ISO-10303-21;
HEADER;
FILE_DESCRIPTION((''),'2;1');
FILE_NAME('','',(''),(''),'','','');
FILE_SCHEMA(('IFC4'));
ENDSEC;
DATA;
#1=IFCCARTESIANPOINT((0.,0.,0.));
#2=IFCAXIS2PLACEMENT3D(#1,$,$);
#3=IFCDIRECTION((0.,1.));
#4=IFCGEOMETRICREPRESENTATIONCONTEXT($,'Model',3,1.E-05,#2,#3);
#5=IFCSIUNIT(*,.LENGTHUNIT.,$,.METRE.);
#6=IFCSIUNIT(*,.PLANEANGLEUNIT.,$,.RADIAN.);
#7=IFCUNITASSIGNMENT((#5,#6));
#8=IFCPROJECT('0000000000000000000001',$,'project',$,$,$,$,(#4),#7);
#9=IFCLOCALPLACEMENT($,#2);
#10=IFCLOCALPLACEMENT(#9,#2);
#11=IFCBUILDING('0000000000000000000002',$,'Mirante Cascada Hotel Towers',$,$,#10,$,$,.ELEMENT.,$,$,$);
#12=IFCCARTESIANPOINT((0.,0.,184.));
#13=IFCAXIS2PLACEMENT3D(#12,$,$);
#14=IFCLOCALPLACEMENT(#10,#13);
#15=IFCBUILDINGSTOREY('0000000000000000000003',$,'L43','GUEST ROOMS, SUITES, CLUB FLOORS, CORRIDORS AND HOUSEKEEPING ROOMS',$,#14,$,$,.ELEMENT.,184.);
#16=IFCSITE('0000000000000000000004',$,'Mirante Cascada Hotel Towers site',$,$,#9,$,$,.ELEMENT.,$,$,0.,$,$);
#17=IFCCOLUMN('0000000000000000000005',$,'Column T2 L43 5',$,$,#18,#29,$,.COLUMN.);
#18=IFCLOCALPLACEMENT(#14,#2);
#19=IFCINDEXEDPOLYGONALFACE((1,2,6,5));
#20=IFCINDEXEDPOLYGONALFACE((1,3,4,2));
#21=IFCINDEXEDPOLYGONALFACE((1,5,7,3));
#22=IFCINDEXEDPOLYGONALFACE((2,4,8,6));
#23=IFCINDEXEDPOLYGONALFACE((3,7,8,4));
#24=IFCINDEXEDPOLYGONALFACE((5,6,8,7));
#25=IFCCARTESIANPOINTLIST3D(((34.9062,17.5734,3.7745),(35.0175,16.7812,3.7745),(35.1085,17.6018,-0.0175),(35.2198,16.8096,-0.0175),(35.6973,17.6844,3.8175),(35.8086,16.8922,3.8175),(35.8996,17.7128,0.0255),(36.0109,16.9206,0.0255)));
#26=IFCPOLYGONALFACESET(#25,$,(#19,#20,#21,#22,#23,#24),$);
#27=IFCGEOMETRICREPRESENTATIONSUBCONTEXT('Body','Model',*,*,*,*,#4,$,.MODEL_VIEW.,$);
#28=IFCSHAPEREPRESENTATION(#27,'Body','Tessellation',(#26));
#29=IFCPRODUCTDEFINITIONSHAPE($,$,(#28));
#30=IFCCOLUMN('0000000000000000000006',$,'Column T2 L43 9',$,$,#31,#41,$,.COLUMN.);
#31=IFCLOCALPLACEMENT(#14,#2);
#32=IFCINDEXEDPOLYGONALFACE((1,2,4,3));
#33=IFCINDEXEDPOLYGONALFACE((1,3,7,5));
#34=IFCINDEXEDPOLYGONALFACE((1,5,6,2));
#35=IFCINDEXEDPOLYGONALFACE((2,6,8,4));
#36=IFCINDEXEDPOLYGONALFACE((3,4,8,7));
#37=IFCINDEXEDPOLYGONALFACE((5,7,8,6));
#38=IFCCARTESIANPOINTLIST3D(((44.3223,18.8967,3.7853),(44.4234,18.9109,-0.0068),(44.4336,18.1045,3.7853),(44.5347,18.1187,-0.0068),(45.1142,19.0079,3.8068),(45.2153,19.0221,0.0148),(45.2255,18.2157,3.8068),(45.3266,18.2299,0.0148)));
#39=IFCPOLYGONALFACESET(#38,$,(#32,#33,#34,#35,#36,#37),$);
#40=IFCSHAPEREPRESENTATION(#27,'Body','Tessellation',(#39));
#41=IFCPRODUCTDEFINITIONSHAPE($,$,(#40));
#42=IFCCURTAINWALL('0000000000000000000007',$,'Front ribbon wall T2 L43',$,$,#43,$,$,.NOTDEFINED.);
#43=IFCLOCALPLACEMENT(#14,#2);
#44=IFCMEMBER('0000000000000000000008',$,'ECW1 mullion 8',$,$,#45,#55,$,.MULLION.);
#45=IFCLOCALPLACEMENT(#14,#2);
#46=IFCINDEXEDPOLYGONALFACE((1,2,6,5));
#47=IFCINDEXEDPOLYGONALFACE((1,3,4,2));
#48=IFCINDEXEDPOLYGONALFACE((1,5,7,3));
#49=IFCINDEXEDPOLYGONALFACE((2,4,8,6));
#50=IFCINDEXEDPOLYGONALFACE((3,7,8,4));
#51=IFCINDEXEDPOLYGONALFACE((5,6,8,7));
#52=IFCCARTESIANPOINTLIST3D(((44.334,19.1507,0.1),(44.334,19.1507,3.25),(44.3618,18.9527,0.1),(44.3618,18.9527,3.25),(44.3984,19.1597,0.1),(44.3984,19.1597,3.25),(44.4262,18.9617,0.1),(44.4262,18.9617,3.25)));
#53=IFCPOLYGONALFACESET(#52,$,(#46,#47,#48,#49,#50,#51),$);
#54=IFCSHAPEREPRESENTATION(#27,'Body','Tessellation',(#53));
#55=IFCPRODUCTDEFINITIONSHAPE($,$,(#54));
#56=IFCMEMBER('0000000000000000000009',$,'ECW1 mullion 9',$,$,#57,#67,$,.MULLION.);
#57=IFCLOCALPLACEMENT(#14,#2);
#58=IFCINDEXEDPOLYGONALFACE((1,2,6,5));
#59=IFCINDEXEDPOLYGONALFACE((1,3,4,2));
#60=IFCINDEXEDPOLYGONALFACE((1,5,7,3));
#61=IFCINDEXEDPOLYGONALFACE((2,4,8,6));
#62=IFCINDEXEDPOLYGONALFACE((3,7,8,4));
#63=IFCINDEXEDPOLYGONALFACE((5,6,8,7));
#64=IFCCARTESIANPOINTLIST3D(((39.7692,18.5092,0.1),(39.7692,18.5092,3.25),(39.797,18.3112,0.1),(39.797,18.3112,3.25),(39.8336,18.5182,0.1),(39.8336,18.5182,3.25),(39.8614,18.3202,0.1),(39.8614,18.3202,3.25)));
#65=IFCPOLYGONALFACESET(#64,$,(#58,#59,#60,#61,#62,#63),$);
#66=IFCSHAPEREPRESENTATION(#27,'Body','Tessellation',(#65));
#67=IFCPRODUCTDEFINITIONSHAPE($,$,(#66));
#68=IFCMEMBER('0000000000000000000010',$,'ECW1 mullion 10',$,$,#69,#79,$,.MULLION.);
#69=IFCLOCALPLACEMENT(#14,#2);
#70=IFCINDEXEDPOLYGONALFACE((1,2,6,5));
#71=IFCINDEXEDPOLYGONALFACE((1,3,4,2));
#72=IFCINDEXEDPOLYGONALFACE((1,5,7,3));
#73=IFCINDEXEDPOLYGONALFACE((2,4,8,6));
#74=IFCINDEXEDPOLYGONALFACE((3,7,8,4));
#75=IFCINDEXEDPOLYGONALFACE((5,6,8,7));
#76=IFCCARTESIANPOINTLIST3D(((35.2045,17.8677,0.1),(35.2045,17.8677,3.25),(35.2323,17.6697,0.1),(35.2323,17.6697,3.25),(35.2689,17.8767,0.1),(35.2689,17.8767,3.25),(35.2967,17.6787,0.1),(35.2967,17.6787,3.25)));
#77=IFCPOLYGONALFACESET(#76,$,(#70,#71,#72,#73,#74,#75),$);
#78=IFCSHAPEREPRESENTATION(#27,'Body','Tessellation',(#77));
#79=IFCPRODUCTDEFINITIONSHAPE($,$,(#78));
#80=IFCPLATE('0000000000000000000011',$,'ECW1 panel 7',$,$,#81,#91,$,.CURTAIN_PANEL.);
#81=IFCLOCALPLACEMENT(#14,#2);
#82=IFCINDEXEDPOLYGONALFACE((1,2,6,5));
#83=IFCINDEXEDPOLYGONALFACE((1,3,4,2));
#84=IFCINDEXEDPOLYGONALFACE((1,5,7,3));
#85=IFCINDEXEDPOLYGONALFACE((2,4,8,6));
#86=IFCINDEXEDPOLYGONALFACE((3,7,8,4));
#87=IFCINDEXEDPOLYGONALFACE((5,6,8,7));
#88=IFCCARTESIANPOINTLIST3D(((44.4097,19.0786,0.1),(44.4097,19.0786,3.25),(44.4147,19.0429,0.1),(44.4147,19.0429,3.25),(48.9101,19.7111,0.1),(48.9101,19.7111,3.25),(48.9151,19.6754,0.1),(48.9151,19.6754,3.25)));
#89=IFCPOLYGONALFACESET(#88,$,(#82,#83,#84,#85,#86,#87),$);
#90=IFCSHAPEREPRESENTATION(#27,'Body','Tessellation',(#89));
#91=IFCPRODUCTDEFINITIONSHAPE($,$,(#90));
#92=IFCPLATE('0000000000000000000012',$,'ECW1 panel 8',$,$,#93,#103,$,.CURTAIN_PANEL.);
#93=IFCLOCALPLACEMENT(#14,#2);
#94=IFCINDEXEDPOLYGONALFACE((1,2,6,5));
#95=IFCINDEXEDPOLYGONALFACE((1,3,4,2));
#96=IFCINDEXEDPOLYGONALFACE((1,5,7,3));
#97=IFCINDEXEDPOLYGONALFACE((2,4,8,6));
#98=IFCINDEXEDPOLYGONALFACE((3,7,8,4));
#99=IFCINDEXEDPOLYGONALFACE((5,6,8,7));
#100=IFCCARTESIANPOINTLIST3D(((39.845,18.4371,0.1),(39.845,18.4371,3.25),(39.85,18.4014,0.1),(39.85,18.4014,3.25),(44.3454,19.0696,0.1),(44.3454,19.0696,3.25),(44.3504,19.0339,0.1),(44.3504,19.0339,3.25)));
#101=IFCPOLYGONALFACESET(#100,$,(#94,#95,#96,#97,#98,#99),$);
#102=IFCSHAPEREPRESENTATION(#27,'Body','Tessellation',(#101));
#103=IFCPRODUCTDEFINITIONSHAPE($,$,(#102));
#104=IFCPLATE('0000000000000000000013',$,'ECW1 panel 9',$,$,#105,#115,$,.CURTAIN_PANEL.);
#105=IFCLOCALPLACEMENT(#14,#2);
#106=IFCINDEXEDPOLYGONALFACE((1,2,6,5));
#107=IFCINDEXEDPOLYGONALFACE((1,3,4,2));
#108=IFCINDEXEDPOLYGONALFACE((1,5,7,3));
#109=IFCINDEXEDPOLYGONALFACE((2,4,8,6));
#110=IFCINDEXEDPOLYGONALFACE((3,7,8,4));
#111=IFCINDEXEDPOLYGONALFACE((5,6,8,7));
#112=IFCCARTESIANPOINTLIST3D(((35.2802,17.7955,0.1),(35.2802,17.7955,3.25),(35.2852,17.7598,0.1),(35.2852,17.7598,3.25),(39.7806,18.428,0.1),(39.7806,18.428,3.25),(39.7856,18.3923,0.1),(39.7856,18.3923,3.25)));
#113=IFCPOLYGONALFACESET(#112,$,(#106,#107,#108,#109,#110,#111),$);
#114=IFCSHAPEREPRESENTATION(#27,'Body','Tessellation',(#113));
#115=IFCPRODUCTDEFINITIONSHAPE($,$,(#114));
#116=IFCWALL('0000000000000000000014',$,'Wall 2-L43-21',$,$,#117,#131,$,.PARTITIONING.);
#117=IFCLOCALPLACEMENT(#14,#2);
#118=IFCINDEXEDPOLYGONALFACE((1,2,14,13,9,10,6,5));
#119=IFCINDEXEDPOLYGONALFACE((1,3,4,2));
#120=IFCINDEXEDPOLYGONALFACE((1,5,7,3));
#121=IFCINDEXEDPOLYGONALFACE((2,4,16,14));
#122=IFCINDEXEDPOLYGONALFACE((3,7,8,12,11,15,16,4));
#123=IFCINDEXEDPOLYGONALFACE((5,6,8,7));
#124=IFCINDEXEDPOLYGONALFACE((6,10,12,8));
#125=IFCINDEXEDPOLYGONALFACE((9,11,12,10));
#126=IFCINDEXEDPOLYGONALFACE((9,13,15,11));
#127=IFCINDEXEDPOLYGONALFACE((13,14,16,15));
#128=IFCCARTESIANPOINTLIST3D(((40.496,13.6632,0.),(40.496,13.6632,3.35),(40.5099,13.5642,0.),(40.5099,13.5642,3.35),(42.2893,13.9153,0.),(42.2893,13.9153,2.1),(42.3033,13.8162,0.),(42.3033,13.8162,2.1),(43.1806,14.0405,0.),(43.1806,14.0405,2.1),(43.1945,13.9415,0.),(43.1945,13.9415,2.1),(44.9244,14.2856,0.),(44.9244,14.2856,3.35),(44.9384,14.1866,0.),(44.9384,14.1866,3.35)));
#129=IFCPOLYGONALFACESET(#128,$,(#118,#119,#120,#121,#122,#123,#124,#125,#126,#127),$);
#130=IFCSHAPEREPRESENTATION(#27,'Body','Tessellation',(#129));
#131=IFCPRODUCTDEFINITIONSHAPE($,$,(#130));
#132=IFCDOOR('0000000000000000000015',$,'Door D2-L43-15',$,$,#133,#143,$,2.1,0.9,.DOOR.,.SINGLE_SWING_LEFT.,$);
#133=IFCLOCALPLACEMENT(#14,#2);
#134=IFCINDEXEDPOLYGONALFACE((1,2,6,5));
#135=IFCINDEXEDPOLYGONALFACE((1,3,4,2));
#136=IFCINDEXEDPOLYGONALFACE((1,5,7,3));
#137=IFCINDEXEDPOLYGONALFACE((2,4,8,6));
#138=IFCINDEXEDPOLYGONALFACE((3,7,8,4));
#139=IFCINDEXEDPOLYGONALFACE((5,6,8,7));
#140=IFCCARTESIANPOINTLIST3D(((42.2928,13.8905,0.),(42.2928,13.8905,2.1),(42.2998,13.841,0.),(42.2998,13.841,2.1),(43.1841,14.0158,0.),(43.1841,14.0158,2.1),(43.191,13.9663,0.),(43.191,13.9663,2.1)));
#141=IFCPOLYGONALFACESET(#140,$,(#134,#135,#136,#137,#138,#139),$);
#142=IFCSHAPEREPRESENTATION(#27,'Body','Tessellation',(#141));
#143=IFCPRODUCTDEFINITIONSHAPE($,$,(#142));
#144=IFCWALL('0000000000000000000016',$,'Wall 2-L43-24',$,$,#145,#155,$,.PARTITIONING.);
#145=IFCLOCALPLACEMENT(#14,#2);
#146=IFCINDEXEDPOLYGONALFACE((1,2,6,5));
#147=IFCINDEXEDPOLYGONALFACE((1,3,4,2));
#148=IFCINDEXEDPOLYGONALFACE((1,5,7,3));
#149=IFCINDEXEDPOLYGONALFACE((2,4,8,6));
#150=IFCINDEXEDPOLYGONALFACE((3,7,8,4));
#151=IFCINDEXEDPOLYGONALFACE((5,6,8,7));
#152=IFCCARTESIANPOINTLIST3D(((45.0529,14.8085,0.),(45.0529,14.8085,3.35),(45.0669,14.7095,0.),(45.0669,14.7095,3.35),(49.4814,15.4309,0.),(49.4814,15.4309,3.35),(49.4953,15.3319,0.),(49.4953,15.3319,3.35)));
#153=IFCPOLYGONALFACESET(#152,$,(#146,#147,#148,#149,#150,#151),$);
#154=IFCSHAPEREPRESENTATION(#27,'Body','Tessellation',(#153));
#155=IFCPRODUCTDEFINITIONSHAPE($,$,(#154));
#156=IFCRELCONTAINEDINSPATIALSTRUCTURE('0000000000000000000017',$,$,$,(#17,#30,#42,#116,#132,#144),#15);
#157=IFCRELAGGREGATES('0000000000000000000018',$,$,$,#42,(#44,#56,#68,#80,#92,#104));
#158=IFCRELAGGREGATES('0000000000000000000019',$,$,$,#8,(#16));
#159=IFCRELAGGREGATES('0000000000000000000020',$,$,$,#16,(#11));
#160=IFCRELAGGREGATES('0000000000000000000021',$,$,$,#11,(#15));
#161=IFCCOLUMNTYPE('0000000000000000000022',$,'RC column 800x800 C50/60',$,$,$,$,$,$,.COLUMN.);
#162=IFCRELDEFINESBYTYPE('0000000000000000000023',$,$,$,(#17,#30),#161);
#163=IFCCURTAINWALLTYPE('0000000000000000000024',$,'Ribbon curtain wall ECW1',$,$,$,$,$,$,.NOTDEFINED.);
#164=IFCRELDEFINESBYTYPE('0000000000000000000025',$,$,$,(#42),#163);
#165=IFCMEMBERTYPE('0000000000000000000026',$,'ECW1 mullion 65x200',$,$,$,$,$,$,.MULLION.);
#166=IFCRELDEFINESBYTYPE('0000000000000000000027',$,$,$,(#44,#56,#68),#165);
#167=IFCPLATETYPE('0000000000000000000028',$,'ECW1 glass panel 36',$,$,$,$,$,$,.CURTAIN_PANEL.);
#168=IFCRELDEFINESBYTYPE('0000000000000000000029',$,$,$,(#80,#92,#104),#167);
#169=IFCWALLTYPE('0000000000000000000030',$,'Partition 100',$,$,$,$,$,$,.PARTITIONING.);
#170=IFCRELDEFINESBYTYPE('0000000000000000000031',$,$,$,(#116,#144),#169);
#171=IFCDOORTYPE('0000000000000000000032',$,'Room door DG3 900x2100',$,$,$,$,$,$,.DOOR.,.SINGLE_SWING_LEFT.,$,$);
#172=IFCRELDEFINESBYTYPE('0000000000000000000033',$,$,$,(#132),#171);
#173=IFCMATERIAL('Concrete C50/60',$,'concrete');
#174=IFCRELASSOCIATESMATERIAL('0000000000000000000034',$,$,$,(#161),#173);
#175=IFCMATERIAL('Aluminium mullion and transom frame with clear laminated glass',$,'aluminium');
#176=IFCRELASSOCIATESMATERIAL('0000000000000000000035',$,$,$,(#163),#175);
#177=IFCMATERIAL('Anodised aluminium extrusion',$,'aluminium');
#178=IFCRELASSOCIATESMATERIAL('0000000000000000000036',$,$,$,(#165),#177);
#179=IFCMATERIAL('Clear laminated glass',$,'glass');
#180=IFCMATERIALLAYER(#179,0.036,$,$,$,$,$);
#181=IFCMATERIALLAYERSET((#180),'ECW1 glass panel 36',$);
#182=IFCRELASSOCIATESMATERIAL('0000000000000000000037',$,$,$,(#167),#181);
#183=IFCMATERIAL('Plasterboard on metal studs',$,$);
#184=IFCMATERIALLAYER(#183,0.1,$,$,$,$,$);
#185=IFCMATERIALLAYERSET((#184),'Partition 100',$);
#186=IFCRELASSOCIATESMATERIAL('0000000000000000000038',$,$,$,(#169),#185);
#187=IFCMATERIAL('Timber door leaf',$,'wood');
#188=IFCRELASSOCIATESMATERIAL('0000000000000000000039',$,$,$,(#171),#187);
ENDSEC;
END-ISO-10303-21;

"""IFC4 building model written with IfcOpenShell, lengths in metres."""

from ifc_helpers import new_model, si_unit, direction, frame, frame_2d, origin, origin_2d, place, context, subcontext, project, spatial, rectangle, extrude, material, layer, layer_set, material_profile, profile_set, type_object, element, fill, aggregate, save


model = new_model("IFC4")

# Units and contexts
model_context = context("Model", 3, precision=1e-05, world=origin(), true_north=direction((0.0, 1.0)))
body_context = subcontext(model_context, "Body", "Model", "MODEL_VIEW")
ifc_project = project(units=[si_unit("LENGTHUNIT", "METRE"), si_unit("PLANEANGLEUNIT", "RADIAN")], contexts=[model_context])

# Site, building, storey
site_placement = place(None, origin())
site = spatial("IfcSite", under=ifc_project, at=site_placement, Name="Mirante Cascada Hotel Towers site", CompositionType="ELEMENT", RefElevation=0.0)
building_placement = place(site_placement, origin())
building = spatial("IfcBuilding", under=site, at=building_placement, Name="Mirante Cascada Hotel Towers", CompositionType="ELEMENT")
storey_placement = place(building_placement, frame((0.0, 0.0, 184.0)))
storey = spatial("IfcBuildingStorey", under=building, at=storey_placement, Name="L43", Description="GUEST ROOMS, SUITES, CLUB FLOORS, CORRIDORS AND HOUSEKEEPING ROOMS", CompositionType="ELEMENT", Elevation=184.0)

# Columns
ifc_material_1 = material(Name="Concrete C50/60", Category="concrete")
ifc_material_profile_1 = material_profile(ifc_material_1, rectangle(XDim=0.8, YDim=0.8, at=origin_2d()), Name="RC column 800x800 C50/60")
ifc_profile_set_1 = profile_set([ifc_material_profile_1], Name="Concrete C50/60")
column_type = type_object("IfcColumnType", Name="RC column 800x800 C50/60", PredefinedType="COLUMN", material=ifc_profile_set_1)
column_1_placement = place(storey_placement, frame((35.5597, 17.2612, 0.004), z_axis=(-0.053272, -0.007479, 0.998552), x_axis=(0.139022, -0.990289, 0.0)))
element("IfcColumn", 1, at=column_1_placement, inside=storey, type_object=column_type, Name="Column T2 L43 5", PredefinedType="COLUMN", context=body_context, shape_type="SweptSolid", body=[
    extrude(rectangle(XDim=0.8, YDim=0.8, at=origin_2d()), origin(), (0.0, 0.0, 1.0), 3.7975),
])
column_2_placement = place(storey_placement, frame((44.875, 18.5704, 0.004), z_axis=(-0.026652, -0.003743, 0.999638), x_axis=(0.13909, -0.99028, 0.0)))
element("IfcColumn", 2, at=column_2_placement, inside=storey, type_object=column_type, Name="Column T2 L43 9", PredefinedType="COLUMN", context=body_context, shape_type="SweptSolid", body=[
    extrude(rectangle(XDim=0.8, YDim=0.8, at=origin_2d()), origin(), (0.0, 0.0, 1.0), 3.7934),
])

# Curtain wall, members, plates
ifc_material_2 = material(Name="Aluminium mullion and transom frame with clear laminated glass", Category="aluminium")
curtain_wall_type = type_object("IfcCurtainWallType", Name="Ribbon curtain wall ECW1", PredefinedType="NOTDEFINED", material=ifc_material_2)
curtain_wall_placement = place(storey_placement, origin())
curtain_wall = element("IfcCurtainWall", 3, at=curtain_wall_placement, inside=storey, type_object=curtain_wall_type, Name="Front ribbon wall T2 L43", PredefinedType="NOTDEFINED")
ifc_material_3 = material(Name="Anodised aluminium extrusion", Category="aluminium")
ifc_material_profile_2 = material_profile(ifc_material_3, rectangle(XDim=0.2, YDim=0.065, at=origin_2d()), Name="ECW1 MULLION 65x200")
ifc_profile_set_2 = profile_set([ifc_material_profile_2], Name="Anodised aluminium extrusion")
member_type = type_object("IfcMemberType", Name="ECW1 mullion 65x200", PredefinedType="MULLION", material=ifc_profile_set_2)
member_1_placement = place(storey_placement, frame((44.3801, 19.0562, 0.1), z_axis=(0.0, 0.0, 1.0), x_axis=(0.139173, -0.990268, 0.0)))
member_1 = element("IfcMember", 4, at=member_1_placement, type_object=member_type, Name="ECW1 mullion 8", PredefinedType="MULLION", context=body_context, shape_type="SweptSolid", body=[
    extrude(rectangle(XDim=0.2, YDim=0.065, at=origin_2d()), origin(), (0.0, 0.0, 1.0), 3.15),
])
member_2_placement = place(storey_placement, frame((39.8153, 18.4147, 0.1), z_axis=(0.0, 0.0, 1.0), x_axis=(0.139173, -0.990268, 0.0)))
member_2 = element("IfcMember", 5, at=member_2_placement, type_object=member_type, Name="ECW1 mullion 9", PredefinedType="MULLION", context=body_context, shape_type="SweptSolid", body=[
    extrude(rectangle(XDim=0.2, YDim=0.065, at=origin_2d()), origin(), (0.0, 0.0, 1.0), 3.15),
])
member_3_placement = place(storey_placement, frame((35.2506, 17.7732, 0.1), z_axis=(0.0, 0.0, 1.0), x_axis=(0.139173, -0.990268, 0.0)))
member_3 = element("IfcMember", 6, at=member_3_placement, type_object=member_type, Name="ECW1 mullion 10", PredefinedType="MULLION", context=body_context, shape_type="SweptSolid", body=[
    extrude(rectangle(XDim=0.2, YDim=0.065, at=origin_2d()), origin(), (0.0, 0.0, 1.0), 3.15),
])
ifc_material_4 = material(Name="Clear laminated glass", Category="glass")
ifc_layer_1 = layer(ifc_material_4, 0.036)
ifc_layer_set_1 = layer_set([ifc_layer_1], Name="ECW1 glass panel 36")
plate_type = type_object("IfcPlateType", Name="ECW1 glass panel 36", PredefinedType="CURTAIN_PANEL", material=ifc_layer_set_1)
plate_1_placement = place(storey_placement, frame((46.6624, 19.377, 0.1), z_axis=(0.0, 0.0, 1.0), x_axis=(-0.990268, -0.139173, 0.0)))
plate_1 = element("IfcPlate", 7, at=plate_1_placement, type_object=plate_type, Name="ECW1 panel 7", PredefinedType="CURTAIN_PANEL", context=body_context, shape_type="SweptSolid", body=[
    extrude(rectangle(XDim=4.5446, YDim=0.036, at=origin_2d()), origin(), (0.0, 0.0, 1.0), 3.15),
])
plate_2_placement = place(storey_placement, frame((42.0977, 18.7355, 0.1), z_axis=(0.0, 0.0, 1.0), x_axis=(-0.990268, -0.139173, 0.0)))
plate_2 = element("IfcPlate", 8, at=plate_2_placement, type_object=plate_type, Name="ECW1 panel 8", PredefinedType="CURTAIN_PANEL", context=body_context, shape_type="SweptSolid", body=[
    extrude(rectangle(XDim=4.5446, YDim=0.036, at=origin_2d()), origin(), (0.0, 0.0, 1.0), 3.15),
])
plate_3_placement = place(storey_placement, frame((37.5329, 18.0939, 0.1), z_axis=(0.0, 0.0, 1.0), x_axis=(-0.990268, -0.139173, 0.0)))
plate_3 = element("IfcPlate", 9, at=plate_3_placement, type_object=plate_type, Name="ECW1 panel 9", PredefinedType="CURTAIN_PANEL", context=body_context, shape_type="SweptSolid", body=[
    extrude(rectangle(XDim=4.5446, YDim=0.036, at=origin_2d()), origin(), (0.0, 0.0, 1.0), 3.15),
])
aggregate(curtain_wall, [member_1, member_2, member_3, plate_1, plate_2, plate_3])

# Wall, opening, door
ifc_material_5 = material(Name="Plasterboard on metal studs")
ifc_layer_2 = layer(ifc_material_5, 0.1)
ifc_layer_set_2 = layer_set([ifc_layer_2], Name="Partition 100")
wall_type = type_object("IfcWallType", Name="Partition 100", PredefinedType="PARTITIONING", material=ifc_layer_set_2)
wall_1_placement = place(storey_placement, frame((44.9314, 14.2361, 0.0), z_axis=(0.0, 0.0, 1.0), x_axis=(-0.990268, -0.139176, 0.0)))
wall_1 = element("IfcWall", 10, at=wall_1_placement, inside=storey, type_object=wall_type, Name="Wall 2-L43-21", PredefinedType="PARTITIONING", context=body_context, shape_type="SweptSolid", body=[
    extrude(rectangle(XDim=4.472, YDim=0.1, at=frame_2d((2.236, 0.0))), origin(), (0.0, 0.0, 1.0), 3.35),
])
opening_1_placement = place(wall_1_placement, frame((1.761, 0.0, 0.0)))
opening_1 = element("IfcOpeningElement", 11, at=opening_1_placement, cuts=wall_1, PredefinedType="OPENING", context=body_context, shape_type="SweptSolid", body=[
    extrude(rectangle(XDim=0.9, YDim=2.1, at=frame_2d((0.45, 1.05))), frame((0.0, 0.05, 0.0), z_axis=(0.0, -1.0, 0.0), x_axis=(1.0, 0.0, 0.0)), (0.0, 0.0, 1.0), 0.1),
])
ifc_material_6 = material(Name="Timber door leaf", Category="wood")
door_type_1 = type_object("IfcDoorType", Name="Room door DG3 900x2100", OperationType="SINGLE_SWING_LEFT", PredefinedType="DOOR", material=ifc_material_6)
door_1_placement = place(opening_1_placement, origin())
door_1 = element("IfcDoor", 12, at=door_1_placement, inside=storey, type_object=door_type_1, Name="Door D2-L43-15", OperationType="SINGLE_SWING_LEFT", OverallHeight=2.1, OverallWidth=0.9, PredefinedType="DOOR", context=body_context, shape_type="SweptSolid", body=[
    extrude(rectangle(XDim=0.9, YDim=2.1, at=frame_2d((0.45, 1.05))), frame((0.0, 0.025, 0.0), z_axis=(0.0, -1.0, 0.0), x_axis=(1.0, 0.0, 0.0)), (0.0, 0.0, 1.0), 0.05),
])
fill(opening_1, door_1)

# Wall
wall_2_placement = place(storey_placement, frame((45.0599, 14.759, 0.0), z_axis=(0.0, 0.0, 1.0), x_axis=(0.990268, 0.139176, 0.0)))
element("IfcWall", 13, at=wall_2_placement, inside=storey, type_object=wall_type, Name="Wall 2-L43-24", PredefinedType="PARTITIONING", context=body_context, shape_type="SweptSolid", body=[
    extrude(rectangle(XDim=4.472, YDim=0.1, at=frame_2d((2.236, 0.0))), origin(), (0.0, 0.0, 1.0), 3.35),
])

save(model, "model.ifc")
